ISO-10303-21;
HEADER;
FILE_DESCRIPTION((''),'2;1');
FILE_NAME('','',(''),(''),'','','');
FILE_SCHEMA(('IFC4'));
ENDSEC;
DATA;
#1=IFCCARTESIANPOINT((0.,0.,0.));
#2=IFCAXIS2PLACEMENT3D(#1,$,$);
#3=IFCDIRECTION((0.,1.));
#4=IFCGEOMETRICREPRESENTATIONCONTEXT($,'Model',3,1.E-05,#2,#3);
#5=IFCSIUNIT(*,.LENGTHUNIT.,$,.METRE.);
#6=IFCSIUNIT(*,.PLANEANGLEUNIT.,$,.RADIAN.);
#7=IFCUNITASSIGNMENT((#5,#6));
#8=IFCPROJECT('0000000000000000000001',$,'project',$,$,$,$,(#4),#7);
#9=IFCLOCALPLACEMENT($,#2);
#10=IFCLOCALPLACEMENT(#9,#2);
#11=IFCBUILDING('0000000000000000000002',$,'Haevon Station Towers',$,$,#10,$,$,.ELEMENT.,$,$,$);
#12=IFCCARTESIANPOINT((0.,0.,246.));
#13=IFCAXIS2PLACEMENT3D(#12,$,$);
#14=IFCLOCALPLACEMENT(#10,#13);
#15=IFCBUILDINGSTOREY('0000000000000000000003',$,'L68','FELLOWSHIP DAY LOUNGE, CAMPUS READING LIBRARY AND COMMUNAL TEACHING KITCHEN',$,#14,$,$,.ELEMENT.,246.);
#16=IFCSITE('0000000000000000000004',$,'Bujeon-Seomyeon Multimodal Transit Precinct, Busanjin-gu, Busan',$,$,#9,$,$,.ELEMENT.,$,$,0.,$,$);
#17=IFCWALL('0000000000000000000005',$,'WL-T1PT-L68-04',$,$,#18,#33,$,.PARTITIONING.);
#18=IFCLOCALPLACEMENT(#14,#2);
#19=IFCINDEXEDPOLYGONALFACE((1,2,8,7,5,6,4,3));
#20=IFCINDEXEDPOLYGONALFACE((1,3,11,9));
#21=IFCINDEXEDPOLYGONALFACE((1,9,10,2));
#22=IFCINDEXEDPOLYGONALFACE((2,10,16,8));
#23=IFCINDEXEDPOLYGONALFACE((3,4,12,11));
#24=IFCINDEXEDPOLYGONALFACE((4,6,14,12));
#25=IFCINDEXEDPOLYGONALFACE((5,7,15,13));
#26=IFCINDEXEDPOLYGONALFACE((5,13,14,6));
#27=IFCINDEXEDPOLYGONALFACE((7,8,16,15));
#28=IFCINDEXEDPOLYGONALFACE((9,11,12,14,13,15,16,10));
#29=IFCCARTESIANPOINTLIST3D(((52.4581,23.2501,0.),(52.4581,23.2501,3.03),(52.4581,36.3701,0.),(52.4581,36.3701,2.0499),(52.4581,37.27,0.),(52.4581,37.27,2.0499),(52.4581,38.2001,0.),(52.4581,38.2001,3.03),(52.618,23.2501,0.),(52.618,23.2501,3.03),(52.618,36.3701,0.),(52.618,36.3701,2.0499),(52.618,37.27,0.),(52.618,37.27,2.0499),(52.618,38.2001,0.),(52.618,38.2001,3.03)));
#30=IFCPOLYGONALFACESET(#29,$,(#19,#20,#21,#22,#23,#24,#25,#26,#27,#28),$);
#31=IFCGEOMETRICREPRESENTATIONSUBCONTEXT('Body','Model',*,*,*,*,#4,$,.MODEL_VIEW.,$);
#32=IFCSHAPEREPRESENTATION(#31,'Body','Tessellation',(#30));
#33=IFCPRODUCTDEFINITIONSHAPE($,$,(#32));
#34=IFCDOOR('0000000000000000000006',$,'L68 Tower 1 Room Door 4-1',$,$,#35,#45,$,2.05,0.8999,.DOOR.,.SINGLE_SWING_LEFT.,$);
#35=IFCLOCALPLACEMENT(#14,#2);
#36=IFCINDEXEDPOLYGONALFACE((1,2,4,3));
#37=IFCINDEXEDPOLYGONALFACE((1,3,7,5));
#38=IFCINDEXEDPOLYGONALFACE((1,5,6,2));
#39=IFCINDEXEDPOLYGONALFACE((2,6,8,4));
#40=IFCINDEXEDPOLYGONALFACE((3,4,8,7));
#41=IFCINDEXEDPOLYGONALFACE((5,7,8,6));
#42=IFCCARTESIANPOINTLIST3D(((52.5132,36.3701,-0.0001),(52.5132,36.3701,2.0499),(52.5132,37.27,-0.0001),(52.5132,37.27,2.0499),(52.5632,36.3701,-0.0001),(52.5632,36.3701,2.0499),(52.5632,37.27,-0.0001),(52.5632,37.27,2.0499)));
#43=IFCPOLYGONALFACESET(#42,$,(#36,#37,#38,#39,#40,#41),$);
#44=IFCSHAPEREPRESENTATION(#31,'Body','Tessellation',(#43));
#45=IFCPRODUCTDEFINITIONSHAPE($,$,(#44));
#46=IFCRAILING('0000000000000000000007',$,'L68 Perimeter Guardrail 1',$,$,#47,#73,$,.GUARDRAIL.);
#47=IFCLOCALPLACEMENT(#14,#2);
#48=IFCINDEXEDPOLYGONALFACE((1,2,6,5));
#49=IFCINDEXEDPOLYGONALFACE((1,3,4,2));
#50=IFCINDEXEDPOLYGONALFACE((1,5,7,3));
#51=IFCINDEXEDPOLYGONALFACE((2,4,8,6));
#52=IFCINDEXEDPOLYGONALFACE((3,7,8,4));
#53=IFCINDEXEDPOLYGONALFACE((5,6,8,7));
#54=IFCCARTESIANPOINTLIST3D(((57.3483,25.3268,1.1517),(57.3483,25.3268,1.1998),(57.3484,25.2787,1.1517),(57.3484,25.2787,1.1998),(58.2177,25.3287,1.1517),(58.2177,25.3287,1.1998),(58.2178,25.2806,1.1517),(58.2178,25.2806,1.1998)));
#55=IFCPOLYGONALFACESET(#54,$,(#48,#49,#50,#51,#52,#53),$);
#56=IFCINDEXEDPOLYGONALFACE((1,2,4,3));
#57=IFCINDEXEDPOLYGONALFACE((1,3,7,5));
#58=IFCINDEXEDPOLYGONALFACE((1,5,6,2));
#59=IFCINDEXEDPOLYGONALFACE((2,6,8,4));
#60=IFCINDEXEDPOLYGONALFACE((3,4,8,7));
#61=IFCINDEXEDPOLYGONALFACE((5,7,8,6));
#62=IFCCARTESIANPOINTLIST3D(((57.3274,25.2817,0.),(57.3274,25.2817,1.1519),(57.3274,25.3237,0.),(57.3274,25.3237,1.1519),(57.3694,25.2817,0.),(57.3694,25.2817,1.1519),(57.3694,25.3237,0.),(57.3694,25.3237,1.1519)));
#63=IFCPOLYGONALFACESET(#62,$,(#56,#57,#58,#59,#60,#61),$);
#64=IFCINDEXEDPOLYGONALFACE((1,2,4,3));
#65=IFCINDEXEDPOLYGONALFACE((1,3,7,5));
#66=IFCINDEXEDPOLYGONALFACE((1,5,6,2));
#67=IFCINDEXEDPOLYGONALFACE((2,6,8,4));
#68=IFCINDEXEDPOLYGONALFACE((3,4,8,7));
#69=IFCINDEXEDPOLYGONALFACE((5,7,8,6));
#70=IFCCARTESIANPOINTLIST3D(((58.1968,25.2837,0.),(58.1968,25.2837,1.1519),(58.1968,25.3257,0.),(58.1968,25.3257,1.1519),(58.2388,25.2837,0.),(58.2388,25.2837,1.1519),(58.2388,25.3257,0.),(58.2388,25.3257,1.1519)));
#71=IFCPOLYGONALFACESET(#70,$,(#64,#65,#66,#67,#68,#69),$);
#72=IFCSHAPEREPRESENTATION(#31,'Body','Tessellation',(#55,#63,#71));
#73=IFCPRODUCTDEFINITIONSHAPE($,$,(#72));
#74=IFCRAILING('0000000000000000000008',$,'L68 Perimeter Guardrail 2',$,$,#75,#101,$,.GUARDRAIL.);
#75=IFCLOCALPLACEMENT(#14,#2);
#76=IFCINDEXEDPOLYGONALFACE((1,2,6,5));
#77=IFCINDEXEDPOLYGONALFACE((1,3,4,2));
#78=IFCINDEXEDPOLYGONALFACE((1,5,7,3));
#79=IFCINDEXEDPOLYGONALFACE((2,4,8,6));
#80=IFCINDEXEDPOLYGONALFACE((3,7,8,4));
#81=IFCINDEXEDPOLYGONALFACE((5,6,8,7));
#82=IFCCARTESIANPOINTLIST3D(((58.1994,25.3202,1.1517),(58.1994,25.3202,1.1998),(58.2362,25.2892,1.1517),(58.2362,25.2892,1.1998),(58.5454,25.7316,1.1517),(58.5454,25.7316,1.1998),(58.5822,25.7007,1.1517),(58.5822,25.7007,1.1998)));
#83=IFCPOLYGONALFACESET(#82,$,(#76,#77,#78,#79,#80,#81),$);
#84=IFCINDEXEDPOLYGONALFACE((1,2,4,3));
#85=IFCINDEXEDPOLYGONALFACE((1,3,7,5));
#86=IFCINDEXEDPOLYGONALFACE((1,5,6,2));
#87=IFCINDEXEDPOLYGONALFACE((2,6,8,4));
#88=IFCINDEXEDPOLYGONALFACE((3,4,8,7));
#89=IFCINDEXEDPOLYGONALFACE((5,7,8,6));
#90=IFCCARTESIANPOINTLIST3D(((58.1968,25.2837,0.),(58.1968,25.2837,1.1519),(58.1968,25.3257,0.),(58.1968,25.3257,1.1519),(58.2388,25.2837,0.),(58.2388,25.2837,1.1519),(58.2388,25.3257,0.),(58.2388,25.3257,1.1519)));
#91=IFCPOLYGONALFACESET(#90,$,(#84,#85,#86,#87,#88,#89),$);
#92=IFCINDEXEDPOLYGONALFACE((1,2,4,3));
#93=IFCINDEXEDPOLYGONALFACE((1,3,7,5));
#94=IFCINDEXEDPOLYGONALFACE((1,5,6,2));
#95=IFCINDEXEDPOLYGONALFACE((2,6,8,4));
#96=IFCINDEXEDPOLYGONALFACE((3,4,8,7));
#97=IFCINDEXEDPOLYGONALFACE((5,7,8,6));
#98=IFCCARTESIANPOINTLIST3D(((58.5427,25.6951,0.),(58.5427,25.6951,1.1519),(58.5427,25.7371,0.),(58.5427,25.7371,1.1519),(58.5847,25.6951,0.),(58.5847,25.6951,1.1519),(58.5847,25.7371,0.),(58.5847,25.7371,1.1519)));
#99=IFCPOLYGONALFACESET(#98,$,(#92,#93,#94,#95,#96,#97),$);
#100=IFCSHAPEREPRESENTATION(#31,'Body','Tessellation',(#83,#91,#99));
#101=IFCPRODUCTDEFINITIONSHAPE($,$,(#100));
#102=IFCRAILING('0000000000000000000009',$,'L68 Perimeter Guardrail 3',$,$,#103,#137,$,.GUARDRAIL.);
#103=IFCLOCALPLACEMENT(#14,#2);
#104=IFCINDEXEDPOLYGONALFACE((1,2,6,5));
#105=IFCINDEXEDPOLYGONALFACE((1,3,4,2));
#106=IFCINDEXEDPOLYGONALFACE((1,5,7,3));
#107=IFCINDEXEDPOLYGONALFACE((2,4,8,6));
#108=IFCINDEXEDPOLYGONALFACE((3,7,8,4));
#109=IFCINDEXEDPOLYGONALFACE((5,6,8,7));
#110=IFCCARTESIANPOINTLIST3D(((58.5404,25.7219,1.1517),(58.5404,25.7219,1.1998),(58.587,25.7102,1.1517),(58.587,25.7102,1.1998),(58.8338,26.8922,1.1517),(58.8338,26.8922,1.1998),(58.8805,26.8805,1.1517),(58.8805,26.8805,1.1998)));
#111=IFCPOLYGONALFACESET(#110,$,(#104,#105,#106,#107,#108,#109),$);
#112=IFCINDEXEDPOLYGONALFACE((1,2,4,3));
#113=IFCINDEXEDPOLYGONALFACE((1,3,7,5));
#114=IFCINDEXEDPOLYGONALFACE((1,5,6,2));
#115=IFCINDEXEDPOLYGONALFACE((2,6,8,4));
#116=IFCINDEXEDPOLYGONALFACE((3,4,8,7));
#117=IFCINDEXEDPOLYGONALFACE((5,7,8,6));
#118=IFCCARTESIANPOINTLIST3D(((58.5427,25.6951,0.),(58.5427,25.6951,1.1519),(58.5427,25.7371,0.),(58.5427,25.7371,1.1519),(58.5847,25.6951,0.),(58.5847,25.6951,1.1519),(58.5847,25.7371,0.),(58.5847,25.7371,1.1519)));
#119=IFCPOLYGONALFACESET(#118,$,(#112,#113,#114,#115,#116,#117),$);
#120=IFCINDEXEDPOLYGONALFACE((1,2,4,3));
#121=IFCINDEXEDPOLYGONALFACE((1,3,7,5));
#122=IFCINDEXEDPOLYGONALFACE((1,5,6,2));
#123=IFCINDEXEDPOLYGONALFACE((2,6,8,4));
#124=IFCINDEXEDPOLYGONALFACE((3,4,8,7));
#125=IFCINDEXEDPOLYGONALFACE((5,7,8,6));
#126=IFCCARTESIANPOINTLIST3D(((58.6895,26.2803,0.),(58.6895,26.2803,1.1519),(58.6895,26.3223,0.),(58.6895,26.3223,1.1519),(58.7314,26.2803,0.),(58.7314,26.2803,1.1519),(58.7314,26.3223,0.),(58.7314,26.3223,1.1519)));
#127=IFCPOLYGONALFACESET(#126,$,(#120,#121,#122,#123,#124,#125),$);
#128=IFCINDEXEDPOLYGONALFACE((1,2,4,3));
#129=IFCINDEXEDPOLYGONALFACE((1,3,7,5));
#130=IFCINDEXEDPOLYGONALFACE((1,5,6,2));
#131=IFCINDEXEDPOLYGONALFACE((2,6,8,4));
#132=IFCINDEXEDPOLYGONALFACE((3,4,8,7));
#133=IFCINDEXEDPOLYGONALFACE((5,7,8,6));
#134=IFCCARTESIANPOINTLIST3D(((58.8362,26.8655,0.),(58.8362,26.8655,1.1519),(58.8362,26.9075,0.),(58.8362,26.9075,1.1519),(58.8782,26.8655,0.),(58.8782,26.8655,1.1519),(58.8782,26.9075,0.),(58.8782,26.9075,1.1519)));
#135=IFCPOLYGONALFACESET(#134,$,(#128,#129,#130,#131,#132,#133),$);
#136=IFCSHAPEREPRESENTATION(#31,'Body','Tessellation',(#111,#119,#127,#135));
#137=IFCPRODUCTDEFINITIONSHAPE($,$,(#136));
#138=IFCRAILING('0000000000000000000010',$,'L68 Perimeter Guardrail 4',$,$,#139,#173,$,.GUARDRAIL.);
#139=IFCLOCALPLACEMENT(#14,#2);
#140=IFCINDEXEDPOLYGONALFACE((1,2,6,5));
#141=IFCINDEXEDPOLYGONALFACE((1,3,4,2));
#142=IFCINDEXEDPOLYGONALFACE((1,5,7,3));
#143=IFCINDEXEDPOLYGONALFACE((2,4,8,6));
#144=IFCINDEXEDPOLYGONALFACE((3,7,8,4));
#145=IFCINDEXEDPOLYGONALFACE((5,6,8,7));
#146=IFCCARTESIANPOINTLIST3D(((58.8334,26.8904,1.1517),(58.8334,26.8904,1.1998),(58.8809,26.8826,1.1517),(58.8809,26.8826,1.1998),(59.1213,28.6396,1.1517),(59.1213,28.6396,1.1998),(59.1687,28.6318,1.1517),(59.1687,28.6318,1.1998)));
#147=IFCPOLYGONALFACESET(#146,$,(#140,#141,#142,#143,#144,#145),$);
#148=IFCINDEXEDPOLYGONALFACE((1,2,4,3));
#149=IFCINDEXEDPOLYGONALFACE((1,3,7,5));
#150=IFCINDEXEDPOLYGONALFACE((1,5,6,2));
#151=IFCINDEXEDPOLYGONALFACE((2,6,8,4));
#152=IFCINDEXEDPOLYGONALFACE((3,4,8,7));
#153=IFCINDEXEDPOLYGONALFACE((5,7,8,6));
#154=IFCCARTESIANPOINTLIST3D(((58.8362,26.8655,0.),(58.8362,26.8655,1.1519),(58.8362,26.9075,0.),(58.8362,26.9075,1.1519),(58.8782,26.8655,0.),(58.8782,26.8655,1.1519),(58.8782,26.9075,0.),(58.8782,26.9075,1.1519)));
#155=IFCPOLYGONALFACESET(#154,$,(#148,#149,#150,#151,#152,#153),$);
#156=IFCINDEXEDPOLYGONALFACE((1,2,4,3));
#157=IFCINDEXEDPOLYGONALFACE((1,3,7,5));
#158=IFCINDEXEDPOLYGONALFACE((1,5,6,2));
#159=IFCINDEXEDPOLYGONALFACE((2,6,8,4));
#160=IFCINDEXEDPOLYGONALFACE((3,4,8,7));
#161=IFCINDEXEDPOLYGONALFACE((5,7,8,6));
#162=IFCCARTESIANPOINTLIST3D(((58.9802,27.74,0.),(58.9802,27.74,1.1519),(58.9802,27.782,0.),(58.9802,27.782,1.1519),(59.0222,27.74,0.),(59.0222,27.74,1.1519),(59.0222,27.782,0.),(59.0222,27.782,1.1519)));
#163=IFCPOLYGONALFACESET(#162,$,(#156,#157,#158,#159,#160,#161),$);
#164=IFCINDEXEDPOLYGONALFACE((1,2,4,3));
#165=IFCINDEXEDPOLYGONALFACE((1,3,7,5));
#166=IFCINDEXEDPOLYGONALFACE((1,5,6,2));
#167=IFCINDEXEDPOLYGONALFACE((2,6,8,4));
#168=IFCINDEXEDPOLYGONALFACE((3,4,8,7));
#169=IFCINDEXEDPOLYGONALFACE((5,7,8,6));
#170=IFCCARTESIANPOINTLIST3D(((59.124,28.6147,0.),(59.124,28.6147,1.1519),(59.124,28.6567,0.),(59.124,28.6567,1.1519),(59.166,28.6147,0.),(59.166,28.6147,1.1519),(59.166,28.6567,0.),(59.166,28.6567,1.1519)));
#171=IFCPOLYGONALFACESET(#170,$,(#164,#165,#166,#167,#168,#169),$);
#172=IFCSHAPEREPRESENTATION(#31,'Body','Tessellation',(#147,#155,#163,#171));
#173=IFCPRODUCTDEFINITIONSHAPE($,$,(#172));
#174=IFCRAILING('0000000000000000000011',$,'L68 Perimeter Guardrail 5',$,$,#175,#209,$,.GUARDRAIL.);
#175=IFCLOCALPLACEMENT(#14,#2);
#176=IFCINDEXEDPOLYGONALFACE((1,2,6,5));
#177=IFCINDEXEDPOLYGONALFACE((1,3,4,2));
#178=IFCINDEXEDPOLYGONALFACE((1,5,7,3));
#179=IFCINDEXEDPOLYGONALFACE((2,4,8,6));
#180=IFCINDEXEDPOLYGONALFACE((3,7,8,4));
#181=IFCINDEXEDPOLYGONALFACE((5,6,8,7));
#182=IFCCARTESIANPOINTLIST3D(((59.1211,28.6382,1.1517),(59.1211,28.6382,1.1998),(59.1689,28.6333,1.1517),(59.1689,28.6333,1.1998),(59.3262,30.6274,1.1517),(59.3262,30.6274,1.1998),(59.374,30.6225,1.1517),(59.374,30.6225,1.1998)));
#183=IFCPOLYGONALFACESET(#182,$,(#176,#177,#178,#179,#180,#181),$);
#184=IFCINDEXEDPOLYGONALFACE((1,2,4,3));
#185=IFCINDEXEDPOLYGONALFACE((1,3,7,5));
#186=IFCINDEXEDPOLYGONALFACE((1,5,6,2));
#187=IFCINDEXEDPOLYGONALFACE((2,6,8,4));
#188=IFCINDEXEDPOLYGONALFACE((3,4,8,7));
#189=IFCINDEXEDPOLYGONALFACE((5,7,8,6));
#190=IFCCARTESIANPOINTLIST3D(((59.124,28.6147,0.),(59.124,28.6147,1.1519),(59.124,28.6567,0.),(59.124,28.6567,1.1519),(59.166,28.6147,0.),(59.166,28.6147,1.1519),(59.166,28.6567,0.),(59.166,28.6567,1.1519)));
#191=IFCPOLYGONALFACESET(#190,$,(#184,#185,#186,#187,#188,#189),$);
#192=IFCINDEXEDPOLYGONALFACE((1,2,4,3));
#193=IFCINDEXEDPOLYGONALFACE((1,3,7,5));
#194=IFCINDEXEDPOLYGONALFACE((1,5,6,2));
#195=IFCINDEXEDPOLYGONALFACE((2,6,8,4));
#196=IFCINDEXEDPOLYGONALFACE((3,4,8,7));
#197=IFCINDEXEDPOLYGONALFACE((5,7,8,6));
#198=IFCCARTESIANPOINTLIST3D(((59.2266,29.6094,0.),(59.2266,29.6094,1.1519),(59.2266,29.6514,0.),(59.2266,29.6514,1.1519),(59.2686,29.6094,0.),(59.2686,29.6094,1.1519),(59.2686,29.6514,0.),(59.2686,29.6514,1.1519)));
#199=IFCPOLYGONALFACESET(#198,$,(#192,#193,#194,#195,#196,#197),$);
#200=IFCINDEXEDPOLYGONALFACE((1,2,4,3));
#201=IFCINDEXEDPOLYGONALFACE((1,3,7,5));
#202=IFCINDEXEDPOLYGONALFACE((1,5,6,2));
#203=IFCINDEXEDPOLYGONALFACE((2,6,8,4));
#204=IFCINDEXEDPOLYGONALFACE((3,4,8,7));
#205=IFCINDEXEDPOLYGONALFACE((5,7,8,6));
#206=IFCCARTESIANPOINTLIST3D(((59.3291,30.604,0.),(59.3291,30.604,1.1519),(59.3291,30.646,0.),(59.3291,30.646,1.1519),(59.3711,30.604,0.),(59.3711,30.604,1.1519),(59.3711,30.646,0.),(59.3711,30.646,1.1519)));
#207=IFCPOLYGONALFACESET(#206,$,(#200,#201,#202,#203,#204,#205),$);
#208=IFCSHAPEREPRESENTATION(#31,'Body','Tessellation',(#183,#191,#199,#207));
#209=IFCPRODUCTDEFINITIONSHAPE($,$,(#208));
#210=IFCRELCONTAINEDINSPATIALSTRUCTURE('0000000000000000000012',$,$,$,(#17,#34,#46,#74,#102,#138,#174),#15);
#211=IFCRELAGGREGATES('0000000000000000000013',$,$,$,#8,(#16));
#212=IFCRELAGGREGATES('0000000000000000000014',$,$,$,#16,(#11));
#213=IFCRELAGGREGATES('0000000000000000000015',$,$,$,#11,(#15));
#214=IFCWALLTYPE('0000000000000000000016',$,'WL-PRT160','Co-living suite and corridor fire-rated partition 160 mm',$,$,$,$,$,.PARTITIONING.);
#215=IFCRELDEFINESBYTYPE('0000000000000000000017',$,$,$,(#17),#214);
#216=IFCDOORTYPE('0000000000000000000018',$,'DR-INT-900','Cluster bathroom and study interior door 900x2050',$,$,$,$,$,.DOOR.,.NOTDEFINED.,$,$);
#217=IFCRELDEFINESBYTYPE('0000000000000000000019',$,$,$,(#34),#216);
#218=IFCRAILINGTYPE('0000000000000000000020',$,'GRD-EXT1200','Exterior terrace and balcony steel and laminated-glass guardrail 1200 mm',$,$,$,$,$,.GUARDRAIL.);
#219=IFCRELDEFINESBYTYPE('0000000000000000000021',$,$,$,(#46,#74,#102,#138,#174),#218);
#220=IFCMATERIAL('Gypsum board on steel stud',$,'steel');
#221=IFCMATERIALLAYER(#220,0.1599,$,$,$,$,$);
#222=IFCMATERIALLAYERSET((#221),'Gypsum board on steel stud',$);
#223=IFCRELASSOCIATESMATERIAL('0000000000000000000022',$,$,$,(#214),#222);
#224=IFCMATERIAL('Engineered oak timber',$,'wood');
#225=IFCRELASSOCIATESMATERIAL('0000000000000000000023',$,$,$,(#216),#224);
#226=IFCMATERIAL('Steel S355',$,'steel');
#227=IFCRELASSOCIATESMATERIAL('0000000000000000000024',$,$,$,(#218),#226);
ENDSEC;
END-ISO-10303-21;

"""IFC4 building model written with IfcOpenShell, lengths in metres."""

from ifc_helpers import new_model, si_unit, direction, frame, frame_2d, origin, origin_2d, place, context, subcontext, project, spatial, rectangle, extrude, material, layer, layer_set, type_object, element, fill, save


model = new_model("IFC4")

# Units and contexts
model_context = context("Model", 3, precision=1e-05, world=origin(), true_north=direction((0.0, 1.0)))
body_context = subcontext(model_context, "Body", "Model", "MODEL_VIEW")
ifc_project = project(units=[si_unit("LENGTHUNIT", "METRE"), si_unit("PLANEANGLEUNIT", "RADIAN")], contexts=[model_context])

# Site, building, storey
site_placement = place(None, origin())
site = spatial("IfcSite", under=ifc_project, at=site_placement, Name="Bujeon-Seomyeon Multimodal Transit Precinct, Busanjin-gu, Busan", CompositionType="ELEMENT", RefElevation=0.0)
building_placement = place(site_placement, origin())
building = spatial("IfcBuilding", under=site, at=building_placement, Name="Haevon Station Towers", CompositionType="ELEMENT")
storey_placement = place(building_placement, frame((0.0, 0.0, 246.0)))
storey = spatial("IfcBuildingStorey", under=building, at=storey_placement, Name="L68", Description="FELLOWSHIP DAY LOUNGE, CAMPUS READING LIBRARY AND COMMUNAL TEACHING KITCHEN", CompositionType="ELEMENT", Elevation=246.0)

# Shared definitions
ifc_material_1 = material(Name="Steel S355", Category="steel")

# Shared definitions
ifc_material_2 = material(Name="Gypsum board on steel stud", Category="steel")

# Wall, opening, door
ifc_layer_1 = layer(ifc_material_2, 0.1599)
ifc_layer_set_1 = layer_set([ifc_layer_1], Name="Gypsum board on steel stud")
wall_type_1 = type_object("IfcWallType", Name="WL-PRT160", Description="Co-living suite and corridor fire-rated partition 160 mm", PredefinedType="PARTITIONING", material=ifc_layer_set_1)
wall_1_placement = place(storey_placement, frame((52.5381, 23.25, 0.0), z_axis=(0.0, 0.0, 1.0), x_axis=(0.0, 1.0, 0.0)))
wall_1 = element("IfcWall", 1, at=wall_1_placement, inside=storey, type_object=wall_type_1, Name="WL-T1PT-L68-04", PredefinedType="PARTITIONING", context=body_context, shape_type="SweptSolid", body=[
    extrude(rectangle(XDim=14.95, YDim=0.1599, at=frame_2d((7.4751, 0.0))), origin(), (0.0, 0.0, 1.0), 3.03),
])
opening_1_placement = place(wall_1_placement, frame((13.1201, 0.0, 0.0)))
opening_1 = element("IfcOpeningElement", 2, at=opening_1_placement, cuts=wall_1, PredefinedType="OPENING", context=body_context, shape_type="SweptSolid", body=[
    extrude(rectangle(XDim=0.8999, YDim=2.05, at=frame_2d((0.45, 1.0249))), frame((0.0, 0.0898, 0.0), z_axis=(0.0, -1.0, 0.0), x_axis=(1.0, 0.0, 0.0)), (0.0, 0.0, 1.0), 0.1799),
])
ifc_material_3 = material(Name="Engineered oak timber", Category="wood")
door_type = type_object("IfcDoorType", Name="DR-INT-900", Description="Cluster bathroom and study interior door 900x2050", OperationType="NOTDEFINED", PredefinedType="DOOR", material=ifc_material_3)
door_placement = place(opening_1_placement, origin())
door = element("IfcDoor", 3, at=door_placement, inside=storey, type_object=door_type, Name="L68 Tower 1 Room Door 4-1", OperationType="SINGLE_SWING_LEFT", OverallHeight=2.05, OverallWidth=0.8999, PredefinedType="DOOR", context=body_context, shape_type="SweptSolid", body=[
    extrude(rectangle(XDim=0.8999, YDim=2.05, at=frame_2d((0.45, 1.0249))), frame((0.0, 0.0249, 0.0), z_axis=(0.0, -1.0, 0.0), x_axis=(1.0, 0.0, 0.0)), (0.0, 0.0, 1.0), 0.05),
])
fill(opening_1, door)

# Railings
railing_type = type_object("IfcRailingType", Name="GRD-EXT1200", Description="Exterior terrace and balcony steel and laminated-glass guardrail 1200 mm", PredefinedType="GUARDRAIL", material=ifc_material_1)
railing_1_placement = place(storey_placement, frame((57.3484, 25.3027, 0.0)))
element("IfcRailing", 4, at=railing_1_placement, inside=storey, type_object=railing_type, Name="L68 Perimeter Guardrail 1", PredefinedType="GUARDRAIL", context=body_context, shape_type="SweptSolid", body=[
    extrude(rectangle(XDim=0.0481, YDim=0.0481, at=origin_2d()), frame((0.0, 0.0, 1.1758), z_axis=(0.999997, 0.002247, 0.0), x_axis=(-0.002247, 0.999997, 0.0)), (0.0, 0.0, 1.0), 0.8694),
    extrude(rectangle(XDim=0.042, YDim=0.042, at=origin_2d()), origin(), (0.0, 0.0, 1.0), 1.1519),
    extrude(rectangle(XDim=0.042, YDim=0.042, at=origin_2d()), frame((0.8694, 0.002, 0.0)), (0.0, 0.0, 1.0), 1.1519),
])
railing_2_placement = place(storey_placement, frame((58.2178, 25.3047, 0.0)))
element("IfcRailing", 5, at=railing_2_placement, inside=storey, type_object=railing_type, Name="L68 Perimeter Guardrail 2", PredefinedType="GUARDRAIL", context=body_context, shape_type="SweptSolid", body=[
    extrude(rectangle(XDim=0.0481, YDim=0.0481, at=origin_2d()), frame((0.0, 0.0, 1.1758), z_axis=(0.643618, 0.765347, 0.0), x_axis=(-0.765347, 0.643618, 0.0)), (0.0, 0.0, 1.0), 0.5376),
    extrude(rectangle(XDim=0.042, YDim=0.042, at=origin_2d()), origin(), (0.0, 0.0, 1.0), 1.1519),
    extrude(rectangle(XDim=0.042, YDim=0.042, at=origin_2d()), frame((0.3459, 0.4114, 0.0)), (0.0, 0.0, 1.0), 1.1519),
])
railing_3_placement = place(storey_placement, frame((58.5637, 25.7161, 0.0)))
element("IfcRailing", 6, at=railing_3_placement, inside=storey, type_object=railing_type, Name="L68 Perimeter Guardrail 3", PredefinedType="GUARDRAIL", context=body_context, shape_type="SweptSolid", body=[
    extrude(rectangle(XDim=0.0481, YDim=0.0481, at=origin_2d()), frame((0.0, 0.0, 1.1758), z_axis=(0.243202, 0.969976, 0.0), x_axis=(-0.969976, 0.243202, 0.0)), (0.0, 0.0, 1.0), 1.2065),
    extrude(rectangle(XDim=0.042, YDim=0.042, at=origin_2d()), origin(), (0.0, 0.0, 1.0), 1.1519),
    extrude(rectangle(XDim=0.042, YDim=0.042, at=origin_2d()), frame((0.1467, 0.5852, 0.0)), (0.0, 0.0, 1.0), 1.1519),
    extrude(rectangle(XDim=0.042, YDim=0.042, at=origin_2d()), frame((0.2935, 1.1704, 0.0)), (0.0, 0.0, 1.0), 1.1519),
])
railing_4_placement = place(storey_placement, frame((58.8572, 26.8865, 0.0)))
element("IfcRailing", 7, at=railing_4_placement, inside=storey, type_object=railing_type, Name="L68 Perimeter Guardrail 4", PredefinedType="GUARDRAIL", context=body_context, shape_type="SweptSolid", body=[
    extrude(rectangle(XDim=0.0481, YDim=0.0481, at=origin_2d()), frame((0.0, 0.0, 1.1758), z_axis=(0.162366, 0.986731, 0.0), x_axis=(-0.986731, 0.162366, 0.0)), (0.0, 0.0, 1.0), 1.7727),
    extrude(rectangle(XDim=0.042, YDim=0.042, at=origin_2d()), origin(), (0.0, 0.0, 1.0), 1.1519),
    extrude(rectangle(XDim=0.042, YDim=0.042, at=origin_2d()), frame((0.144, 0.8745, 0.0)), (0.0, 0.0, 1.0), 1.1519),
    extrude(rectangle(XDim=0.042, YDim=0.042, at=origin_2d()), frame((0.2878, 1.7493, 0.0)), (0.0, 0.0, 1.0), 1.1519),
])
railing_5_placement = place(storey_placement, frame((59.145, 28.6357, 0.0)))
element("IfcRailing", 8, at=railing_5_placement, inside=storey, type_object=railing_type, Name="L68 Perimeter Guardrail 5", PredefinedType="GUARDRAIL", context=body_context, shape_type="SweptSolid", body=[
    extrude(rectangle(XDim=0.0481, YDim=0.0481, at=origin_2d()), frame((0.0, 0.0, 1.1758), z_axis=(0.102549, 0.994728, 0.0), x_axis=(-0.994728, 0.102549, 0.0)), (0.0, 0.0, 1.0), 1.9998),
    extrude(rectangle(XDim=0.042, YDim=0.042, at=origin_2d()), origin(), (0.0, 0.0, 1.0), 1.1519),
    extrude(rectangle(XDim=0.042, YDim=0.042, at=origin_2d()), frame((0.1025, 0.9946, 0.0)), (0.0, 0.0, 1.0), 1.1519),
    extrude(rectangle(XDim=0.042, YDim=0.042, at=origin_2d()), frame((0.2051, 1.9893, 0.0)), (0.0, 0.0, 1.0), 1.1519),
])

save(model, "model.ifc")
